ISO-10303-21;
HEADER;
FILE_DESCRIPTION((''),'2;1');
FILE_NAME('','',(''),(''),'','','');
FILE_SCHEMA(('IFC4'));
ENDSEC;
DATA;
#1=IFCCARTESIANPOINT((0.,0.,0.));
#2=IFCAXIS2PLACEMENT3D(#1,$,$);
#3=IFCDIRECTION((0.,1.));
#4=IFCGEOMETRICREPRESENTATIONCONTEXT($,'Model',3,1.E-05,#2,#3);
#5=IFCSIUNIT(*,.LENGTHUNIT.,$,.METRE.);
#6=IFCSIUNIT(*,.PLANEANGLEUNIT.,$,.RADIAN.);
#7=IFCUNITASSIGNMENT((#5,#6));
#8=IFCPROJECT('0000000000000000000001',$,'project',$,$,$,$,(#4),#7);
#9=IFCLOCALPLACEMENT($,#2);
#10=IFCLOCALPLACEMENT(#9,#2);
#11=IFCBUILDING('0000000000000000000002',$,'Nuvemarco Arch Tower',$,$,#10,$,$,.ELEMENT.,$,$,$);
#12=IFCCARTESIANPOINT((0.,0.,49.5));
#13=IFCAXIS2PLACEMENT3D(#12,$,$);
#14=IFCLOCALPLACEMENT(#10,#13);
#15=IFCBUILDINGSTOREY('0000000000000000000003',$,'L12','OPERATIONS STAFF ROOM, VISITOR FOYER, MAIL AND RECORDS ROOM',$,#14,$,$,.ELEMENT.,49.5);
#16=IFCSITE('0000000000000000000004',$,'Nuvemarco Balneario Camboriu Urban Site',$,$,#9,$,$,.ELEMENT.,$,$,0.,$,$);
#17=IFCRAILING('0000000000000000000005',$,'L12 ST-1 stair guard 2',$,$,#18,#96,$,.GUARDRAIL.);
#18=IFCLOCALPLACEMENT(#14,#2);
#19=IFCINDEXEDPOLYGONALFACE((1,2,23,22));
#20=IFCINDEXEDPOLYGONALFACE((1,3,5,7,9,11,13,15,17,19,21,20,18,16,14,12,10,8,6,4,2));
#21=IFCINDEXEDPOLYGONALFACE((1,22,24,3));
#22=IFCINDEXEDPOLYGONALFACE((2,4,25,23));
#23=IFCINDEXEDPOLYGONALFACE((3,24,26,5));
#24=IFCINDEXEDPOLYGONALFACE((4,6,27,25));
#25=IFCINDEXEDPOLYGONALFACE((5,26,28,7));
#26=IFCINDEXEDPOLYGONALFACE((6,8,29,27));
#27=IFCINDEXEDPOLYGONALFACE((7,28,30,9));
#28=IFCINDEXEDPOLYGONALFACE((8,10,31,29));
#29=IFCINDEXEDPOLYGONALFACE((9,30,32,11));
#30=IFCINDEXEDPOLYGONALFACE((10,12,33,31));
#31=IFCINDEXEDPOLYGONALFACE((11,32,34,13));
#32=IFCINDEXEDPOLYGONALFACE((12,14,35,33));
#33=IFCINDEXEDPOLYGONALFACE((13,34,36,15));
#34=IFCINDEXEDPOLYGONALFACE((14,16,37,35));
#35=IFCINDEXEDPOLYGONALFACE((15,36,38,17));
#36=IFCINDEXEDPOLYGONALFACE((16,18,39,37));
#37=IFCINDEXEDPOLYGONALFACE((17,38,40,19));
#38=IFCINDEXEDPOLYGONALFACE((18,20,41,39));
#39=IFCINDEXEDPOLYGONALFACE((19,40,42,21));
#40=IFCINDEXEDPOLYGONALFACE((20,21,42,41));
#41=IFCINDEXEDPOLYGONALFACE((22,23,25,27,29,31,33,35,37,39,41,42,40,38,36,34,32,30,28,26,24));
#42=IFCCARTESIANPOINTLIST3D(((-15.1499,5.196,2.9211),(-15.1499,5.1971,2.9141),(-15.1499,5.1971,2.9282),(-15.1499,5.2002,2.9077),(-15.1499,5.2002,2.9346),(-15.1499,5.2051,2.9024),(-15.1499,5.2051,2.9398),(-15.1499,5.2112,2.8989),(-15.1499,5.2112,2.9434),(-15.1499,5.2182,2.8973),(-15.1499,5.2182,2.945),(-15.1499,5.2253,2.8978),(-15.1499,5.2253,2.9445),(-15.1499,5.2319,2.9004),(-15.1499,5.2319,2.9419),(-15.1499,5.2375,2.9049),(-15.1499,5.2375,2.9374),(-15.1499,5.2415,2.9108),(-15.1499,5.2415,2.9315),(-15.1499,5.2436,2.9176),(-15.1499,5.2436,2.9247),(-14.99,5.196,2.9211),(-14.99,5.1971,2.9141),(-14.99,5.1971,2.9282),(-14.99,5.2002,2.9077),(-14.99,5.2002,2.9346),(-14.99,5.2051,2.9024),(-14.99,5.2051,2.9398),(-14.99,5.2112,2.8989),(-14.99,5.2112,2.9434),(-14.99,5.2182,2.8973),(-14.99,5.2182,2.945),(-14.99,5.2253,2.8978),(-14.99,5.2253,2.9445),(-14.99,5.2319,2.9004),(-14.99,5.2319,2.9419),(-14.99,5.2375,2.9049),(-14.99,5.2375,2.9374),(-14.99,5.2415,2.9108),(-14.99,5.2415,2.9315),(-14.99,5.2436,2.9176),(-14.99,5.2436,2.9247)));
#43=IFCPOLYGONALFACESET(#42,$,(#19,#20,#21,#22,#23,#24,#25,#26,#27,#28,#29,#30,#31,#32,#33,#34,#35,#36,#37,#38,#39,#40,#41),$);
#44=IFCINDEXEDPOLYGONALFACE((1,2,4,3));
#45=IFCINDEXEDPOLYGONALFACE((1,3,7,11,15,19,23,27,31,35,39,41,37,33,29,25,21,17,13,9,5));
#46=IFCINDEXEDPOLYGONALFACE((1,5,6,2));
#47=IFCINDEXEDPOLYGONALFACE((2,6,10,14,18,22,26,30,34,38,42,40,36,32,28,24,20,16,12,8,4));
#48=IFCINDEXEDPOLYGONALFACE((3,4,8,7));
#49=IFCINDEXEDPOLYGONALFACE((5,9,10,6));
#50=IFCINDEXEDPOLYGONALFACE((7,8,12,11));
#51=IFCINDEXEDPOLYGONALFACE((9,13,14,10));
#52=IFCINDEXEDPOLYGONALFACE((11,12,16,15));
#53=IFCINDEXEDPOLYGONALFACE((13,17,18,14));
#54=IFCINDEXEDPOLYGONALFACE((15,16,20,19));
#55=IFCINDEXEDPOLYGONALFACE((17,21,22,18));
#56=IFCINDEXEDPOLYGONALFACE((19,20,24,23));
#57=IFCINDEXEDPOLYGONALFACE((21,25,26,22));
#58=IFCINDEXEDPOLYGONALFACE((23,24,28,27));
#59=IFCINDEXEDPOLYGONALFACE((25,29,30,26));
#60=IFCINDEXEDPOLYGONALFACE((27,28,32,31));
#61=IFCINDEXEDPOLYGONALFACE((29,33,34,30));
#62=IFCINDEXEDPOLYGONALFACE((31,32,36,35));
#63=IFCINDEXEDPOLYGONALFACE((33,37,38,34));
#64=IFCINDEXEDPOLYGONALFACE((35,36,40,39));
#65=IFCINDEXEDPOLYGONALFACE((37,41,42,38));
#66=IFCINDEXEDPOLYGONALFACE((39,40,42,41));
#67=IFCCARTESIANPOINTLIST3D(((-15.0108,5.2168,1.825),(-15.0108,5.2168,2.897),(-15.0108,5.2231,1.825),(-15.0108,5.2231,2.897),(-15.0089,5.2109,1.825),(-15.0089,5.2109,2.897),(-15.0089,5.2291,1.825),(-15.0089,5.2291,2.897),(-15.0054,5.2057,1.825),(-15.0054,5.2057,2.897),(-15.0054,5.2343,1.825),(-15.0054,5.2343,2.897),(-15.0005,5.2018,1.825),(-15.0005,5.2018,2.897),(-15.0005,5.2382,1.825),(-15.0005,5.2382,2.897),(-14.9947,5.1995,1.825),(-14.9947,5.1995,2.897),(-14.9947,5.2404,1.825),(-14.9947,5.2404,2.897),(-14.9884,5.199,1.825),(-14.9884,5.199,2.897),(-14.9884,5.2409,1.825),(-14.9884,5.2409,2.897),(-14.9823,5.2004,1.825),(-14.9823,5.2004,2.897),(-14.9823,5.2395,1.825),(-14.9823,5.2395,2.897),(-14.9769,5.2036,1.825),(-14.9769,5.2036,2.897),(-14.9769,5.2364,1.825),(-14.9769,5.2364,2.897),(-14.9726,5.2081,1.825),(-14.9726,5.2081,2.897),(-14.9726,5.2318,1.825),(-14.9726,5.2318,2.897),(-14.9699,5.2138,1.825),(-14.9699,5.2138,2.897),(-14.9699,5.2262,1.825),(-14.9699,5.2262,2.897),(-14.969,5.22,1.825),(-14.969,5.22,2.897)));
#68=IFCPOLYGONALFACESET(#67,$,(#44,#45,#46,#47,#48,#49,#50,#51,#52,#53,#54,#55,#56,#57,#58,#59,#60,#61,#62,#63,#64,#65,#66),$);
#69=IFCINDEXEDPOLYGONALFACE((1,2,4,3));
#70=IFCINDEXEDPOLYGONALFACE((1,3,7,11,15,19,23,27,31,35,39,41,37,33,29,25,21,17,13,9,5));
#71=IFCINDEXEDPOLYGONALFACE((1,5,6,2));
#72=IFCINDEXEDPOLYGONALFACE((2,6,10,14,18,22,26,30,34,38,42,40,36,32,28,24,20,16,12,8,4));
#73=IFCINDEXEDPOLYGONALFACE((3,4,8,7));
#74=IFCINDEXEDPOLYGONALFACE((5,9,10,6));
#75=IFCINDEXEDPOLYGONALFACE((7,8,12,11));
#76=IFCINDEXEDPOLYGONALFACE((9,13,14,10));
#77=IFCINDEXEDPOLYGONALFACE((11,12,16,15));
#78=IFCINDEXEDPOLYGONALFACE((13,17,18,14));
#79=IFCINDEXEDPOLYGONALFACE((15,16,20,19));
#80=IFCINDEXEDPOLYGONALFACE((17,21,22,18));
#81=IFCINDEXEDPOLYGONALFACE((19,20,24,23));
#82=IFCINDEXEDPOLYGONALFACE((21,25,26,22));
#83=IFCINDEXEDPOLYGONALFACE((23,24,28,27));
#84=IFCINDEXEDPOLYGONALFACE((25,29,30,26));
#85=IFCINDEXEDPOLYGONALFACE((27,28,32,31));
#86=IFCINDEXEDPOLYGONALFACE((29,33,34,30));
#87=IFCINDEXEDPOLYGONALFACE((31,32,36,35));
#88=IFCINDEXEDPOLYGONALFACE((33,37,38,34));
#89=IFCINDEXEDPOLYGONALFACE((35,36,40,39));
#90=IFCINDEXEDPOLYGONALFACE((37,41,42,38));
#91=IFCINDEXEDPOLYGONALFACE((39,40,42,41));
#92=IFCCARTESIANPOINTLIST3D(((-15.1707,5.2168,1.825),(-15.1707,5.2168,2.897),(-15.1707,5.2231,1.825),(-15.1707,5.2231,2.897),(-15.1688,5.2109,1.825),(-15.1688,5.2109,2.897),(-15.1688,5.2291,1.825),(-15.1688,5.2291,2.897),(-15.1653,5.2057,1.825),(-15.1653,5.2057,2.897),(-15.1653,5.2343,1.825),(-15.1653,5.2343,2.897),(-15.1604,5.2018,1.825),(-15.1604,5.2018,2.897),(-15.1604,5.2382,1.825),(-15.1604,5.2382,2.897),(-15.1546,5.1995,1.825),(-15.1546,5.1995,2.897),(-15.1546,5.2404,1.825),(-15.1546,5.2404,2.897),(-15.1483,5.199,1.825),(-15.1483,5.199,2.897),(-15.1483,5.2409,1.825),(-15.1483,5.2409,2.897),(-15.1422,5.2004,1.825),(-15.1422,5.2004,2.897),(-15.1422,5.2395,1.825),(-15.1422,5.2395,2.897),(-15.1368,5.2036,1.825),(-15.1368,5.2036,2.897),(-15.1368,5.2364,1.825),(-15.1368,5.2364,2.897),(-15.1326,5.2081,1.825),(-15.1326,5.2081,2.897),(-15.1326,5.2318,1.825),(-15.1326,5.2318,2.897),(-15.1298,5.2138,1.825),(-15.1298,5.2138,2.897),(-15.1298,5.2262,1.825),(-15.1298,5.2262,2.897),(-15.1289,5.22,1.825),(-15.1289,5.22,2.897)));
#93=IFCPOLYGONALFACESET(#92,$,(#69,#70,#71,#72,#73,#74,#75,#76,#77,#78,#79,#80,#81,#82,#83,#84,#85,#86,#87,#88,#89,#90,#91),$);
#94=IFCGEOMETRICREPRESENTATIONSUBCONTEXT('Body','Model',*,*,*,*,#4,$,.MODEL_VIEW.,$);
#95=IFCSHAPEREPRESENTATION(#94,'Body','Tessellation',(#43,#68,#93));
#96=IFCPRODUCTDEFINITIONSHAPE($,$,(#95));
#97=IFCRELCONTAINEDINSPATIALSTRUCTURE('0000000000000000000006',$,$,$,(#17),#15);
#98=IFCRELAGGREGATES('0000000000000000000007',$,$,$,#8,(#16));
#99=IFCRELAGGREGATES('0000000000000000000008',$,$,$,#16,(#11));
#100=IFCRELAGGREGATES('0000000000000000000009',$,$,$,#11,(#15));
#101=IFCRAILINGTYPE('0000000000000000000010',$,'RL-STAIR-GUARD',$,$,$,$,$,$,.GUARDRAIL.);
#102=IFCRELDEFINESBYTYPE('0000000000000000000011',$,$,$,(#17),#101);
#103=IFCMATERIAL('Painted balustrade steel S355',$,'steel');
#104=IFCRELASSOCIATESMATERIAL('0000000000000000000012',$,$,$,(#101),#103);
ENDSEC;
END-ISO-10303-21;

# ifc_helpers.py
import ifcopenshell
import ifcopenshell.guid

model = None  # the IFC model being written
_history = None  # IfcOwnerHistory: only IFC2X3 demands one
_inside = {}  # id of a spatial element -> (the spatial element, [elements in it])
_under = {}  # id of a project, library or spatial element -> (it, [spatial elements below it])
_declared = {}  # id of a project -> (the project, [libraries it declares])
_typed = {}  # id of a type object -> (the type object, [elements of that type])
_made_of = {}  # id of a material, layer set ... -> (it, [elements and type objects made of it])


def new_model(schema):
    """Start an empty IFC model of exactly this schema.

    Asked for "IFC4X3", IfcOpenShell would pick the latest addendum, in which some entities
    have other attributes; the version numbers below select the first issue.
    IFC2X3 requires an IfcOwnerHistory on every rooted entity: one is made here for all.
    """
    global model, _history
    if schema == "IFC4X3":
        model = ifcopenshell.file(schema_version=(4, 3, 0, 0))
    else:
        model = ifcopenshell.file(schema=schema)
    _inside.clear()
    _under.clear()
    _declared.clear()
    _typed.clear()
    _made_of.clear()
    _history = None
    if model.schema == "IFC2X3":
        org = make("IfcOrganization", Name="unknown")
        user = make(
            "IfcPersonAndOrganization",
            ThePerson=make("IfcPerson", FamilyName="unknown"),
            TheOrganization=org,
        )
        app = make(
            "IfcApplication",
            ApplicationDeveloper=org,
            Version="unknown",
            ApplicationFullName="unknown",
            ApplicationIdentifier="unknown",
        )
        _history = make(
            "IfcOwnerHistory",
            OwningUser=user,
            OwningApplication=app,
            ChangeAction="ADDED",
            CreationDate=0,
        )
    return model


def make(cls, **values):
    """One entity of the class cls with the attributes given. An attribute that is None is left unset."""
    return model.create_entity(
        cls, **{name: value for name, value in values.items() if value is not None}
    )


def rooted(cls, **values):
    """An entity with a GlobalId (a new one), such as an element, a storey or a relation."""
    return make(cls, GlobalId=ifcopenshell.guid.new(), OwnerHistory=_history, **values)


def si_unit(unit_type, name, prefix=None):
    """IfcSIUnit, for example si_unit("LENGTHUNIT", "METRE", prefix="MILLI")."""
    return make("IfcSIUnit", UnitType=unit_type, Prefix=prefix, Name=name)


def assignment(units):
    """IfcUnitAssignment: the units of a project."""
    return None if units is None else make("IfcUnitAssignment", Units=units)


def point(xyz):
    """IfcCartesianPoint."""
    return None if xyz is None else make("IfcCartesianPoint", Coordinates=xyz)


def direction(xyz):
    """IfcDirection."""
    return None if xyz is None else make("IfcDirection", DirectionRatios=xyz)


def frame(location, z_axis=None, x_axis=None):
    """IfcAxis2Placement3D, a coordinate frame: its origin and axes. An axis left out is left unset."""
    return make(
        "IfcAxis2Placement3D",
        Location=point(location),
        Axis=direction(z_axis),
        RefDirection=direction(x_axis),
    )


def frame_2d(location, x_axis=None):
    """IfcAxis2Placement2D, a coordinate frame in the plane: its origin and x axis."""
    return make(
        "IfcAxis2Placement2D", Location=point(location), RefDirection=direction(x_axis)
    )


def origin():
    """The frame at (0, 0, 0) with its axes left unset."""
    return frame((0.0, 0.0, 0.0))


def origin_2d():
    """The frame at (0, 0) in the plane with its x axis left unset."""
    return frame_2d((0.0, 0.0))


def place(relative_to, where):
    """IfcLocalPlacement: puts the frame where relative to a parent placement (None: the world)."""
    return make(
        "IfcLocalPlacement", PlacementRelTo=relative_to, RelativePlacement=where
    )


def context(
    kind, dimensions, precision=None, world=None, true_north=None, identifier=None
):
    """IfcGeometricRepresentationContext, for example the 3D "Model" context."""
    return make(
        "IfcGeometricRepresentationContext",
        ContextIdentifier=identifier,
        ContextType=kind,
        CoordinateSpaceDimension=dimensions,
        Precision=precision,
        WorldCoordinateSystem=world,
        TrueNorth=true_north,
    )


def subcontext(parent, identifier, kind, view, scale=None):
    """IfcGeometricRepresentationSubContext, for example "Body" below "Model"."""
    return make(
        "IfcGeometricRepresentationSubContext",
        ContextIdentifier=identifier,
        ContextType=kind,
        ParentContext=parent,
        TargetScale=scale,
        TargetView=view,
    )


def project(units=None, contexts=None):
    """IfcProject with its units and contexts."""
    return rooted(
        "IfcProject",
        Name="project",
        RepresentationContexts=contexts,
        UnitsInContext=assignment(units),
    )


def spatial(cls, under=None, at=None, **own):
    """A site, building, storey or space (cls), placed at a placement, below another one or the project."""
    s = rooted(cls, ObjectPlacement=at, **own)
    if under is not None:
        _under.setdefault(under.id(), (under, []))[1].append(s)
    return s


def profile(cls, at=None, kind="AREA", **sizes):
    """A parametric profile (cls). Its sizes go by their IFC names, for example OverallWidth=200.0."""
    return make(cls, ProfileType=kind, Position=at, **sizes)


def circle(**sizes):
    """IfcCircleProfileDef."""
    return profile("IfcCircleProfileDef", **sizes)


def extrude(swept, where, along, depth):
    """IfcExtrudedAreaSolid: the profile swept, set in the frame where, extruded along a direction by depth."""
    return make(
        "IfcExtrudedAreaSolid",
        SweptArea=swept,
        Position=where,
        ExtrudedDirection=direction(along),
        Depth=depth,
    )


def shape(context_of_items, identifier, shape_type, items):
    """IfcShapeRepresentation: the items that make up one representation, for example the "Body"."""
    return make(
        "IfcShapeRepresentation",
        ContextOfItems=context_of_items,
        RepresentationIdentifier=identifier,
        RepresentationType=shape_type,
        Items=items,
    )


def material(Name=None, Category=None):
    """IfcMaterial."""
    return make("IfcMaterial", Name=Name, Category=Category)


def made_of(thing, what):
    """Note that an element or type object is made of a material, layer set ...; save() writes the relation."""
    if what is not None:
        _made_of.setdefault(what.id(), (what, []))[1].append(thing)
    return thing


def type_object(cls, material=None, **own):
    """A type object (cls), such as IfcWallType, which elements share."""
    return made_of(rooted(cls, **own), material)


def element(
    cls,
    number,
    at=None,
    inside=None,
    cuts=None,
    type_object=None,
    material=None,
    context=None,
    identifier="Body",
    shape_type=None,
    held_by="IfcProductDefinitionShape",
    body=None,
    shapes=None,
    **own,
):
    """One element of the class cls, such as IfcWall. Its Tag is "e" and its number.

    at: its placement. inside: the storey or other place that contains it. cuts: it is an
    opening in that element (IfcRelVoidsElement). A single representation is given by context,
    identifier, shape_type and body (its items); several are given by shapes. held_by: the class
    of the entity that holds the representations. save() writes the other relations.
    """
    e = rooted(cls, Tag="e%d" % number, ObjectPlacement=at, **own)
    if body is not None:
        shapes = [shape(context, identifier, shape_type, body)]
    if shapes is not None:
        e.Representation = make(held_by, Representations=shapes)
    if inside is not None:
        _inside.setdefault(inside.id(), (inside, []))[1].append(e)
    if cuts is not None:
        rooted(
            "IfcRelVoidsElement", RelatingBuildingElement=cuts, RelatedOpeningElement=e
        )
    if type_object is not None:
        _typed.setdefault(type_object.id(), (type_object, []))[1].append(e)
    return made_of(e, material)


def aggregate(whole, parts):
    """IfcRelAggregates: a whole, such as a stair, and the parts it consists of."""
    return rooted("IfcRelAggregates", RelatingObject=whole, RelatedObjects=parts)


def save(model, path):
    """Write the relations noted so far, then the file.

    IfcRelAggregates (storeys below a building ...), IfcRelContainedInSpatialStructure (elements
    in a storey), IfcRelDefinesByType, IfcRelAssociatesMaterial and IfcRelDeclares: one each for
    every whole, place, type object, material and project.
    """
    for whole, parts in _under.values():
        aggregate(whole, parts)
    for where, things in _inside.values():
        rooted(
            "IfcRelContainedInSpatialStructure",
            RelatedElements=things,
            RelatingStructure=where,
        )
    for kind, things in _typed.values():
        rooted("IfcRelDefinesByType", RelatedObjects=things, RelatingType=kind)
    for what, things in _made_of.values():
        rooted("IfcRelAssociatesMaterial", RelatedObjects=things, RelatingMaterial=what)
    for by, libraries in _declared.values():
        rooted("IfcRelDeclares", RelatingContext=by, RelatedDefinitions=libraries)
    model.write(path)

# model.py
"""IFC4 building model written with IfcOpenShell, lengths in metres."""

from ifc_helpers import new_model, si_unit, direction, frame, origin, origin_2d, place, context, subcontext, project, spatial, circle, extrude, material, type_object, element, save


model = new_model("IFC4")

# Units and contexts
model_context = context("Model", 3, precision=1e-05, world=origin(), true_north=direction((0.0, 1.0)))
body_context = subcontext(model_context, "Body", "Model", "MODEL_VIEW")
ifc_project = project(units=[si_unit("LENGTHUNIT", "METRE"), si_unit("PLANEANGLEUNIT", "RADIAN")], contexts=[model_context])

# Site, building, storey
site_placement = place(None, origin())
site = spatial("IfcSite", under=ifc_project, at=site_placement, Name="Nuvemarco Balneario Camboriu Urban Site", CompositionType="ELEMENT", RefElevation=0.0)
building_placement = place(site_placement, origin())
building = spatial("IfcBuilding", under=site, at=building_placement, Name="Nuvemarco Arch Tower", CompositionType="ELEMENT")
storey_placement = place(building_placement, frame((0.0, 0.0, 49.5)))
storey = spatial("IfcBuildingStorey", under=building, at=storey_placement, Name="L12", Description="OPERATIONS STAFF ROOM, VISITOR FOYER, MAIL AND RECORDS ROOM", CompositionType="ELEMENT", Elevation=49.5)

# Railing
ifc_material_1 = material(Name="Painted balustrade steel S355", Category="steel")
railing_type_1 = type_object("IfcRailingType", Name="RL-STAIR-GUARD", PredefinedType="GUARDRAIL", material=ifc_material_1)
railing_1_placement = place(storey_placement, frame((-14.99, 5.22, 1.825)))
element("IfcRailing", 1, at=railing_1_placement, inside=storey, type_object=railing_type_1, Name="L12 ST-1 stair guard 2", PredefinedType="GUARDRAIL", context=body_context, shape_type="SweptSolid", body=[
    extrude(circle(Radius=0.0239, at=origin_2d()), frame((0.0, 0.0, 1.0962), z_axis=(-1.0, 0.0, 0.0), x_axis=(0.0, -1.0, 0.0)), (0.0, 0.0, 1.0), 0.1599),
    extrude(circle(Radius=0.021, at=origin_2d()), origin(), (0.0, 0.0, 1.0), 1.072),
    extrude(circle(Radius=0.021, at=origin_2d()), frame((-0.1599, 0.0, 0.0)), (0.0, 0.0, 1.0), 1.072),
])

save(model, "model.ifc")
